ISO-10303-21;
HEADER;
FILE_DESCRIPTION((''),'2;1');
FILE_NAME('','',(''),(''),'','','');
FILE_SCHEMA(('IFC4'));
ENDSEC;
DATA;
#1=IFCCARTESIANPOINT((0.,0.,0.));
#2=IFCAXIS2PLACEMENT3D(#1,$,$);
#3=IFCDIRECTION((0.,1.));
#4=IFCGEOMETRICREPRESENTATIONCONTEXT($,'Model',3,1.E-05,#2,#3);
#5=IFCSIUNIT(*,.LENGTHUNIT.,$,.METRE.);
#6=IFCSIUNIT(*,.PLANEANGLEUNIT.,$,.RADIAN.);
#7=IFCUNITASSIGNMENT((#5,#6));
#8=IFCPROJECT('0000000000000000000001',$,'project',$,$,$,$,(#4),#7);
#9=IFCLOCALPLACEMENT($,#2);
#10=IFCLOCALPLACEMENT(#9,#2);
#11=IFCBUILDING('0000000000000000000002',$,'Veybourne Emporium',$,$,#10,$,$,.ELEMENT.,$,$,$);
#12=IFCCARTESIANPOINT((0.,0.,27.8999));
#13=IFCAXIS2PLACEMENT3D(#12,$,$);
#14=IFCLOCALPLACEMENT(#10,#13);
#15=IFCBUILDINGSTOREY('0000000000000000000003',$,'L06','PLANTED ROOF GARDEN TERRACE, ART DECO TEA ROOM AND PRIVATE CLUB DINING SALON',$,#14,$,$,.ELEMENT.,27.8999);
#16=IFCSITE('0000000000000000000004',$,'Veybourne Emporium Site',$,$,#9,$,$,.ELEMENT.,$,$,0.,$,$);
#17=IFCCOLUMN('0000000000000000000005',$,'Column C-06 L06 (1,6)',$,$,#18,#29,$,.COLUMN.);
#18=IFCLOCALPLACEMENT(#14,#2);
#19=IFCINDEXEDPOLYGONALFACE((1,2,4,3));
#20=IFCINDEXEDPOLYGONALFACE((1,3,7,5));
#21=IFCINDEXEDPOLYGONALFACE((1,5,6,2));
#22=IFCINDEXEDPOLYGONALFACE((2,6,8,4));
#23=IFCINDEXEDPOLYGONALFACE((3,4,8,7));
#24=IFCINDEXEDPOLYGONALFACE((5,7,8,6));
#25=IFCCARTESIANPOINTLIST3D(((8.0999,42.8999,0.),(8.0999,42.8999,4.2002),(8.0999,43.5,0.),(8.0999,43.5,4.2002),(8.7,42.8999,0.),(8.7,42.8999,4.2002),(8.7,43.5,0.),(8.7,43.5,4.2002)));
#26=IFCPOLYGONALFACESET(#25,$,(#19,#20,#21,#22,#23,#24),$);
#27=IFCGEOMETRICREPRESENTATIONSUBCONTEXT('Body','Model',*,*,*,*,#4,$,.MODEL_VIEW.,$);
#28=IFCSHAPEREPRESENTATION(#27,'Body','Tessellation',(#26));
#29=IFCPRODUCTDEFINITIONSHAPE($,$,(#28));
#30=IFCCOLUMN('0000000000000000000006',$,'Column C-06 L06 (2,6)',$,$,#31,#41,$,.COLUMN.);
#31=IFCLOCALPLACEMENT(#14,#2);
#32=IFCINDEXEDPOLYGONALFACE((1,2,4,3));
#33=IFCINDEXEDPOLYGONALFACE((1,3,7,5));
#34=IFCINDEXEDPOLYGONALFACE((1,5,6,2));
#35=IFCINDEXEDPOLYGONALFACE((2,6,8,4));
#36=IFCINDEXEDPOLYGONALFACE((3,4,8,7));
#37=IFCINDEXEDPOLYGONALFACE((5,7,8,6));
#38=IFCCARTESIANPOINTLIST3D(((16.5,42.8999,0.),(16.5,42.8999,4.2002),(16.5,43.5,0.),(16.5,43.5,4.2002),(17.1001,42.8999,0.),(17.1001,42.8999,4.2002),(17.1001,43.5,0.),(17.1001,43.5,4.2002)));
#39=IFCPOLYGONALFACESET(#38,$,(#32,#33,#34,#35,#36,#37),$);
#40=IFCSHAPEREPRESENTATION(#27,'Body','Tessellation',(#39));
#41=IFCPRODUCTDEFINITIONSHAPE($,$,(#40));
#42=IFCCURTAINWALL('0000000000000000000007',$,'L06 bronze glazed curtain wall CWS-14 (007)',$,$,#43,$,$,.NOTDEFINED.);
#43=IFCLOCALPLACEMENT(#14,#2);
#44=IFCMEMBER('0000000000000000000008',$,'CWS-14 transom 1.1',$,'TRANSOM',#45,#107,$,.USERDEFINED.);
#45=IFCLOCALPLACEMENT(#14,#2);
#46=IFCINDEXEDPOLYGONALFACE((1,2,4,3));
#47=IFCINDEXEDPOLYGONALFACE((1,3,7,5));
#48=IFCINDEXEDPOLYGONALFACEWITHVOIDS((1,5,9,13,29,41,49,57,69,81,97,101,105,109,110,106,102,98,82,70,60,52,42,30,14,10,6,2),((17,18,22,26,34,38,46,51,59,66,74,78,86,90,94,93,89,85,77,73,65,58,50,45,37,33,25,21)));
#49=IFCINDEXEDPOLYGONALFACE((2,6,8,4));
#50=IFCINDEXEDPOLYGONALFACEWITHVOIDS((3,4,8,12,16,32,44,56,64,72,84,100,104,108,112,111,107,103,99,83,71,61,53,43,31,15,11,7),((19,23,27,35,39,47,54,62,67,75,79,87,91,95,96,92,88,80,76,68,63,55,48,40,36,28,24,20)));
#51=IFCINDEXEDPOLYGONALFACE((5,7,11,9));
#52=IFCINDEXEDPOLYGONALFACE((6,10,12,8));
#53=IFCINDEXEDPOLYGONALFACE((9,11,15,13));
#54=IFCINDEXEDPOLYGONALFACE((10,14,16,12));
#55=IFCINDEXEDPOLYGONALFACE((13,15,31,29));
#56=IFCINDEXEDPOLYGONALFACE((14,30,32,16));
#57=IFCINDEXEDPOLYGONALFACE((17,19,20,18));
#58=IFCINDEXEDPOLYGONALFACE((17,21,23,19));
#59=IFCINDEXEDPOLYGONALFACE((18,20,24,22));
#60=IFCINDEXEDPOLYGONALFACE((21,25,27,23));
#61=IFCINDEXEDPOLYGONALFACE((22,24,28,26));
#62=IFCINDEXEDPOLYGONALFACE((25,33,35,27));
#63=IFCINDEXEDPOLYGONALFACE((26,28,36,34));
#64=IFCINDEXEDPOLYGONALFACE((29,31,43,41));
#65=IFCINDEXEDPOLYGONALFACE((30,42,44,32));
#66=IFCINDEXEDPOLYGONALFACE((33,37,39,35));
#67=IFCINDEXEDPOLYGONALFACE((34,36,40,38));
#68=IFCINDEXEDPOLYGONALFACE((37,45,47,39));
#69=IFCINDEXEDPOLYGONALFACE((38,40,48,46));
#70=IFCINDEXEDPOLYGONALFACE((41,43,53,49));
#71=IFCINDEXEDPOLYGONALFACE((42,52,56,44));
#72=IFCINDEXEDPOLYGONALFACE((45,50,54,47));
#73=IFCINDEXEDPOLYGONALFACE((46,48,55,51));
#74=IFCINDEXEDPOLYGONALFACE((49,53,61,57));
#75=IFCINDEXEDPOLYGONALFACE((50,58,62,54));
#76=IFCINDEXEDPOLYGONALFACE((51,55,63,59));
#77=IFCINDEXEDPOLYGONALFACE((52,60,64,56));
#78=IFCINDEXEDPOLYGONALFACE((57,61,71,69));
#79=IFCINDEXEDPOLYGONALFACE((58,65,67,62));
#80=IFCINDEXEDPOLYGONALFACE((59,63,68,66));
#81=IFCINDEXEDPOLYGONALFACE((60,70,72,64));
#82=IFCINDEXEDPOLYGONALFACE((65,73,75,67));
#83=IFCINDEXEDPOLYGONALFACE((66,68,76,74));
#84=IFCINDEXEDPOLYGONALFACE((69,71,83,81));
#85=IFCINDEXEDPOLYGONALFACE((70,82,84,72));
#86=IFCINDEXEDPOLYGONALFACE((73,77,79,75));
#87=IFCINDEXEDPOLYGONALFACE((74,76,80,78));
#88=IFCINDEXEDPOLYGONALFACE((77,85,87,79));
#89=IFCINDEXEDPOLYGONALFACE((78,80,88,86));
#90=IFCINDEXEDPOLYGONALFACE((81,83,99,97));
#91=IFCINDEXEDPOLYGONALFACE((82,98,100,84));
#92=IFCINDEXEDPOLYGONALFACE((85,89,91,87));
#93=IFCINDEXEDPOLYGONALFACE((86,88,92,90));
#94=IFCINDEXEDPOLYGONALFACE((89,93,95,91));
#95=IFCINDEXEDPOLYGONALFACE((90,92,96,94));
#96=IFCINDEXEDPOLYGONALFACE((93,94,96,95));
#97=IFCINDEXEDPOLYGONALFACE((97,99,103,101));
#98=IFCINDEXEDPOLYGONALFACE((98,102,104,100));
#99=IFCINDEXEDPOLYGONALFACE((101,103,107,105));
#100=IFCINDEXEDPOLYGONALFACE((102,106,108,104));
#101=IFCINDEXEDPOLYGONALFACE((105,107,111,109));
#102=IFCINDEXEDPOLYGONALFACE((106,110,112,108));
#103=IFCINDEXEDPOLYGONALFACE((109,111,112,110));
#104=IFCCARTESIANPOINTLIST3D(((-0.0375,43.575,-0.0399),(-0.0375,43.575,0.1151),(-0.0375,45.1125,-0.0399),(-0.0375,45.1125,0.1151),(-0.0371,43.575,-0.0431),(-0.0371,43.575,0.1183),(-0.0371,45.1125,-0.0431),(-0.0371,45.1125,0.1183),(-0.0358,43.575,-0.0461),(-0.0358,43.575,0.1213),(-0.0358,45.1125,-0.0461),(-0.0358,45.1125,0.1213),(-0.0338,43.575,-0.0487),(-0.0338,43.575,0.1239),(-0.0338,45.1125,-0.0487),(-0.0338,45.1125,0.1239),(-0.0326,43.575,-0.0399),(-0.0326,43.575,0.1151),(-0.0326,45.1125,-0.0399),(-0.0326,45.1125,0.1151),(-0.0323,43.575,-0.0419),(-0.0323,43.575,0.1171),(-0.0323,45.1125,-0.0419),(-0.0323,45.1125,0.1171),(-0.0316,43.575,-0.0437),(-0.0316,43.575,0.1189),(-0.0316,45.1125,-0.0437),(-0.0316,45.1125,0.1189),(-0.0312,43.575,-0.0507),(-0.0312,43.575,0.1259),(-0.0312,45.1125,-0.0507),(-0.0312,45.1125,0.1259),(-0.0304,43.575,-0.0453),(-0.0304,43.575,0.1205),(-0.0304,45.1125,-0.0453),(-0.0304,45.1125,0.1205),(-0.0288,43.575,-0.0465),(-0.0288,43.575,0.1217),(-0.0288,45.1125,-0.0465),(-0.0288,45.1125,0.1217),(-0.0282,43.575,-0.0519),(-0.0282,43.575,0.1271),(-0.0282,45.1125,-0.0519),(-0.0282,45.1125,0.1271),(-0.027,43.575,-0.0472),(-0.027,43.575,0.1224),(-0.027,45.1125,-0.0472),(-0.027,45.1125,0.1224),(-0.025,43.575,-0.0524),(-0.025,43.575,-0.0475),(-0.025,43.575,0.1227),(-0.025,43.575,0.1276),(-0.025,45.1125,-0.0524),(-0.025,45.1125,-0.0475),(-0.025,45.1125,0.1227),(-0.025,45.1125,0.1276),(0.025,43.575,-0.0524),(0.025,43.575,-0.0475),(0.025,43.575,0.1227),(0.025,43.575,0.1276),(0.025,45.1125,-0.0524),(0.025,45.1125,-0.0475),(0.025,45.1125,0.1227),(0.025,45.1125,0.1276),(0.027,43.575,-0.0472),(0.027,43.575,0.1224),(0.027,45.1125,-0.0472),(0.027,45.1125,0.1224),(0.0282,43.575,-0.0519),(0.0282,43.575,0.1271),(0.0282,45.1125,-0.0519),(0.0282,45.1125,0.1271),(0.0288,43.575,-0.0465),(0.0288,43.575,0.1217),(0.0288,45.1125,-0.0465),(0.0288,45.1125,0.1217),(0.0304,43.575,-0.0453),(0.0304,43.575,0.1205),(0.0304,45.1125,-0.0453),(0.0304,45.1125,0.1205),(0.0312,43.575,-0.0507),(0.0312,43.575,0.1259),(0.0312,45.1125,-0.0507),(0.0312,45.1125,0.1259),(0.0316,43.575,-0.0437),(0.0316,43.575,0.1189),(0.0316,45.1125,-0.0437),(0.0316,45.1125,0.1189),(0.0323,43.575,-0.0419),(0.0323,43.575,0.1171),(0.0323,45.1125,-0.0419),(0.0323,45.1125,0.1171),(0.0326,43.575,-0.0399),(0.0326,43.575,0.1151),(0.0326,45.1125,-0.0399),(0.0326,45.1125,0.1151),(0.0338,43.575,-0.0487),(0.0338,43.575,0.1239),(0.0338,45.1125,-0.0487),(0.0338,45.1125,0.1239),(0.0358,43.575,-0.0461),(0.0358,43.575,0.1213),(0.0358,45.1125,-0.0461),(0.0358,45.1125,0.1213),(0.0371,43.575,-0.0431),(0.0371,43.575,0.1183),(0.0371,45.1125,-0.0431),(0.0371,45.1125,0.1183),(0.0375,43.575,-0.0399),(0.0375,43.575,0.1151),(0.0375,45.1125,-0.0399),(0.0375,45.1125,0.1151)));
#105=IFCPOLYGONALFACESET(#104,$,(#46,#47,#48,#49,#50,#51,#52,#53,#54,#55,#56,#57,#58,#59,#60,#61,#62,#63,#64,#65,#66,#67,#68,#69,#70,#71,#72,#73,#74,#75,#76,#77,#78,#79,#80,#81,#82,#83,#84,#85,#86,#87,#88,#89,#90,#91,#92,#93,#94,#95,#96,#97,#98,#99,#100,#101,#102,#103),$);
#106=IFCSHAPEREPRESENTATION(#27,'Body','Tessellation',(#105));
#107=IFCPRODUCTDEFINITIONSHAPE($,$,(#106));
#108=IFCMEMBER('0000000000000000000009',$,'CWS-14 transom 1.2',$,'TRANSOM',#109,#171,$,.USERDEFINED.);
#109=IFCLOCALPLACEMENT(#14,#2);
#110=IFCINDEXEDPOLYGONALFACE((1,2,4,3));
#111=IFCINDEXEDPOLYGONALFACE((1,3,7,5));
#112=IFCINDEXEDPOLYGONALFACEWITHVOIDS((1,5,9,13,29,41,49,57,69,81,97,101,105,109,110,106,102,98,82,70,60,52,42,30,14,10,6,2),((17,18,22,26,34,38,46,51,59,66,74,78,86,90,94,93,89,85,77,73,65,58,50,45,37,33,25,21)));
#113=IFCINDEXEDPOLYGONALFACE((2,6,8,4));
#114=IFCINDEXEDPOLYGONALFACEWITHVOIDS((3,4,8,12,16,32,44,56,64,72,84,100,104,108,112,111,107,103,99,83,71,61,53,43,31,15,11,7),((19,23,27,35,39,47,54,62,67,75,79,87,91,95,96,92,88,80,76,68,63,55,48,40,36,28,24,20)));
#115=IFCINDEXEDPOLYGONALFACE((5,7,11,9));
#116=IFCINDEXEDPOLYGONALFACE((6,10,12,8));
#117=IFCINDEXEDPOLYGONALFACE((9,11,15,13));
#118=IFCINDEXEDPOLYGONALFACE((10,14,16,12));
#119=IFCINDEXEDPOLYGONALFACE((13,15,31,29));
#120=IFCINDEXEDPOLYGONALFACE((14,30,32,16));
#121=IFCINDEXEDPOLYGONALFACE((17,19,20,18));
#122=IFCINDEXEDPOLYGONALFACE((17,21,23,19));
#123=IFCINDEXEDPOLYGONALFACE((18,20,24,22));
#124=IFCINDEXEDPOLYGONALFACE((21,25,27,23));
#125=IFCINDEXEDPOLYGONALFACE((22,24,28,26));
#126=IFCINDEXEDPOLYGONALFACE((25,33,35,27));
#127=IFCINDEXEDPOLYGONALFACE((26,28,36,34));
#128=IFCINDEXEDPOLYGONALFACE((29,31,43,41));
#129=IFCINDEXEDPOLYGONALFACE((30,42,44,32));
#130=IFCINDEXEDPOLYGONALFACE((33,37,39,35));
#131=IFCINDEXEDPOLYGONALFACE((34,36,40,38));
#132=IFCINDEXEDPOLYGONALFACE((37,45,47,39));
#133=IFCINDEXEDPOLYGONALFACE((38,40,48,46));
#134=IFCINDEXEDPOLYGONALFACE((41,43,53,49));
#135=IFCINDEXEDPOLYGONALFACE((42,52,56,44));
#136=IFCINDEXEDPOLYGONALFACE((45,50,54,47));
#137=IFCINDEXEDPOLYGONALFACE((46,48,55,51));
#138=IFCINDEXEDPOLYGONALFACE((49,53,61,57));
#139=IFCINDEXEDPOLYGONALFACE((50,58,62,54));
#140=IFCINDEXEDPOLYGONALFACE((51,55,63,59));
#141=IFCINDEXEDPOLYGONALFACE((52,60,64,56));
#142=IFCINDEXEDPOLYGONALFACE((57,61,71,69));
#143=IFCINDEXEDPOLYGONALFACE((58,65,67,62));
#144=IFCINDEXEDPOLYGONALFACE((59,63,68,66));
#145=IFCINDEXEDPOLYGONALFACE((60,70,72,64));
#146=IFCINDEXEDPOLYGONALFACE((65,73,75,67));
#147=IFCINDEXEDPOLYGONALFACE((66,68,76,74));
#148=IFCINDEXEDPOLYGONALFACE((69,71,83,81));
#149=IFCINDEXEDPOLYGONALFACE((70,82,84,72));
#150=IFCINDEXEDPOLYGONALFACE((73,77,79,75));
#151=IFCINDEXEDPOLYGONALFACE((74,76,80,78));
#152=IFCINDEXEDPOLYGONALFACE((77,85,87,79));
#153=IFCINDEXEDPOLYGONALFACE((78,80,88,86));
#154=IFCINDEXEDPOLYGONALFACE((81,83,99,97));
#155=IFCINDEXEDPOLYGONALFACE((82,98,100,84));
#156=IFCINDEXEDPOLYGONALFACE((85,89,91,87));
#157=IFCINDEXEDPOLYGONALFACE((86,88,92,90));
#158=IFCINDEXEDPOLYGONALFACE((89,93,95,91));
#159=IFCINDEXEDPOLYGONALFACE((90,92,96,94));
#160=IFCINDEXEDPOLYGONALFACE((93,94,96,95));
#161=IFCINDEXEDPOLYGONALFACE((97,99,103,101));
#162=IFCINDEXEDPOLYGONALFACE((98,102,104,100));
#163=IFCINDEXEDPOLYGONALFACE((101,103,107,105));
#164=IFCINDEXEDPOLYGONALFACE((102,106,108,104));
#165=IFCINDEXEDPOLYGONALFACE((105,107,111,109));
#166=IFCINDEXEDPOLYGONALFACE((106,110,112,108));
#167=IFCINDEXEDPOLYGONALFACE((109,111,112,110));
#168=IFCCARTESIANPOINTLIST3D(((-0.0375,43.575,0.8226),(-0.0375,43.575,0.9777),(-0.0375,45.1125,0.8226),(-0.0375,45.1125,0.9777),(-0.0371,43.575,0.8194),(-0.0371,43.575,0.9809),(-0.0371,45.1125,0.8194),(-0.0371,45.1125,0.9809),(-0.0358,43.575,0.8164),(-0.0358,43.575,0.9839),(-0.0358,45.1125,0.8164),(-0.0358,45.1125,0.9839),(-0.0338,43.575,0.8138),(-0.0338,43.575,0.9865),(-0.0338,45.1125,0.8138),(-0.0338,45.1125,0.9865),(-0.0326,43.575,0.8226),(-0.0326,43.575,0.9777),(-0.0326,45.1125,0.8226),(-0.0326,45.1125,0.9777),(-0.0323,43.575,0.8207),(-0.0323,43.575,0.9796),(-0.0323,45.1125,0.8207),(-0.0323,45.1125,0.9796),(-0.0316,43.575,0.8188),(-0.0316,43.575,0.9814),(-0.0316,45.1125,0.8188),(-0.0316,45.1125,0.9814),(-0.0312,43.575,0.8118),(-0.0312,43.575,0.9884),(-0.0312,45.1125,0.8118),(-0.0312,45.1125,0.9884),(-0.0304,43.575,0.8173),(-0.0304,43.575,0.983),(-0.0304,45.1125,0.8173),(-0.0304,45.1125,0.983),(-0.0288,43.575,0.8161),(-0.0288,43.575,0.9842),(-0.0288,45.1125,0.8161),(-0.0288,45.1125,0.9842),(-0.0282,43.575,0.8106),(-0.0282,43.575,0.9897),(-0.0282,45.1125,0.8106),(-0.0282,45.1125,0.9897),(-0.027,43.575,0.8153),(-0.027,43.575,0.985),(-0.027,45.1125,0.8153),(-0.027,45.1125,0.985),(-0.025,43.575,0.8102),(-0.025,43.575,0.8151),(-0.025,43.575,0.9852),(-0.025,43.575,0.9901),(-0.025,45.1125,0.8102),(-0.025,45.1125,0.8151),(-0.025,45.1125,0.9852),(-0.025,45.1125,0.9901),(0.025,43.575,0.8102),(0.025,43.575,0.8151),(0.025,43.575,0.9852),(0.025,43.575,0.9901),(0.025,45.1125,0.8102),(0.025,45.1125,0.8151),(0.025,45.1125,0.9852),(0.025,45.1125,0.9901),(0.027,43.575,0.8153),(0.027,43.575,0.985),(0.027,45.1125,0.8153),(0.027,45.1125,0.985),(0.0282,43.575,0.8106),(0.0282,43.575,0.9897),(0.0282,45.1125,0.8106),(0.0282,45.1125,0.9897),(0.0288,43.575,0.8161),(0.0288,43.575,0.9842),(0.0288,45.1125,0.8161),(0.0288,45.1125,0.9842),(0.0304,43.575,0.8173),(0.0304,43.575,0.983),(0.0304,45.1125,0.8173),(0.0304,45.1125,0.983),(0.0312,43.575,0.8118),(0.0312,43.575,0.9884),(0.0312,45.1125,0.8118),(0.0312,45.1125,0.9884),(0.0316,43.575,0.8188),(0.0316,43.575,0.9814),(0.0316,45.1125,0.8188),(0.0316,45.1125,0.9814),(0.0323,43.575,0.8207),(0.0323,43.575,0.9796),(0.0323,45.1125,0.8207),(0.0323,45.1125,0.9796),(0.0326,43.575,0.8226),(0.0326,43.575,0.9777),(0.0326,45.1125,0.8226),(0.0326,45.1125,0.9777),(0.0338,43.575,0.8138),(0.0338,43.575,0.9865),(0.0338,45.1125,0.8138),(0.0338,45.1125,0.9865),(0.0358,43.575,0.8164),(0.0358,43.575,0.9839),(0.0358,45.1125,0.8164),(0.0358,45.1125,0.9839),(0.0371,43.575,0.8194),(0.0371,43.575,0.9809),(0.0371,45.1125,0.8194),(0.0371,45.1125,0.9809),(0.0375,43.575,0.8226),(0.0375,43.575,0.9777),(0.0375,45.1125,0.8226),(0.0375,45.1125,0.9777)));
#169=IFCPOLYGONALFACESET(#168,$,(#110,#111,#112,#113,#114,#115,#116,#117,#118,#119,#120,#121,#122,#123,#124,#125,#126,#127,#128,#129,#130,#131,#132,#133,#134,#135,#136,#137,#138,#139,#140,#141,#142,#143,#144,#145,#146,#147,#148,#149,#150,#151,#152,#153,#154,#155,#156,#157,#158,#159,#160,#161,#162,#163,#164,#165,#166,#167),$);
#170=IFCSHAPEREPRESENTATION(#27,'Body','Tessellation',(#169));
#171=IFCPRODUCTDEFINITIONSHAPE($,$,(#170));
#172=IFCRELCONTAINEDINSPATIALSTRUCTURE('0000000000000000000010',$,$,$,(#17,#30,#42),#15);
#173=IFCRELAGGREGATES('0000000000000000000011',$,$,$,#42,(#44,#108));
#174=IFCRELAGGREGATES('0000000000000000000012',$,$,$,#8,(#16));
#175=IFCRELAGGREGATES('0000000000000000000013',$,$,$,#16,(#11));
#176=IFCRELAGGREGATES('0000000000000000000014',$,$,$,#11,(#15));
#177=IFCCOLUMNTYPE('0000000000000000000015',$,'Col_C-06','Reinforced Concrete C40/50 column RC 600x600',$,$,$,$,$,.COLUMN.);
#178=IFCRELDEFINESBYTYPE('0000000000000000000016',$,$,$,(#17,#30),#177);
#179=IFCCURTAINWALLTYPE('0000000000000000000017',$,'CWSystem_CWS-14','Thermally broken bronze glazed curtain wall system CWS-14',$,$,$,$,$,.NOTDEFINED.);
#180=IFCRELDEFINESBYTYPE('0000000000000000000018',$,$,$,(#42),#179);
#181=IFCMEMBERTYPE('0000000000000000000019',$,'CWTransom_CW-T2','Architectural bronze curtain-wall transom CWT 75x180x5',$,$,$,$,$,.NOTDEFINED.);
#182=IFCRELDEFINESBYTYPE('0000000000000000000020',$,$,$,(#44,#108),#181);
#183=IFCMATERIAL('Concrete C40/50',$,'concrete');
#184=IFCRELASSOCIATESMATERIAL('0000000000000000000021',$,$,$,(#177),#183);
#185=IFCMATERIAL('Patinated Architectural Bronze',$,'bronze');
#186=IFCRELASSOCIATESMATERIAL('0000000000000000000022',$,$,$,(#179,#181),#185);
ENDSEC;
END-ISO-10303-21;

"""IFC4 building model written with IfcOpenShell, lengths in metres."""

from ifc_helpers import new_model, si_unit, direction, frame, origin, origin_2d, place, context, subcontext, project, spatial, rectangle, hollow_rectangle, extrude, material, material_profile, profile_set, type_object, element, aggregate, save


model = new_model("IFC4")

# Units and contexts
model_context = context("Model", 3, precision=1e-05, world=origin(), true_north=direction((0.0, 1.0)))
body_context = subcontext(model_context, "Body", "Model", "MODEL_VIEW")
ifc_project = project(units=[si_unit("LENGTHUNIT", "METRE"), si_unit("PLANEANGLEUNIT", "RADIAN")], contexts=[model_context])

# Site, building, storey
site_placement = place(None, origin())
site = spatial("IfcSite", under=ifc_project, at=site_placement, Name="Veybourne Emporium Site", CompositionType="ELEMENT", RefElevation=0.0)
building_placement = place(site_placement, origin())
building = spatial("IfcBuilding", under=site, at=building_placement, Name="Veybourne Emporium", CompositionType="ELEMENT")
storey_placement = place(building_placement, frame((0.0, 0.0, 27.8999)))
storey = spatial("IfcBuildingStorey", under=building, at=storey_placement, Name="L06", Description="PLANTED ROOF GARDEN TERRACE, ART DECO TEA ROOM AND PRIVATE CLUB DINING SALON", CompositionType="ELEMENT", Elevation=27.8999)

# Columns
ifc_material_1 = material(Name="Concrete C40/50", Category="concrete")
ifc_material_profile_1 = material_profile(ifc_material_1, rectangle(XDim=0.6001, YDim=0.6001, at=origin_2d()), Name="RC 600x600")
ifc_profile_set_1 = profile_set([ifc_material_profile_1], Name="Concrete C40/50")
column_type = type_object("IfcColumnType", Name="Col_C-06", Description="Reinforced Concrete C40/50 column RC 600x600", PredefinedType="COLUMN", material=ifc_profile_set_1)
for number, where, z_axis, x_axis, name in (
    (1, (8.3999, 43.2, 0.0), (0.0, 0.0, 1.0), (1.0, 0.0, 0.0), "Column C-06 L06 (1,6)"),
    (2, (16.8, 43.2, 0.0), (0.0, 0.0, 1.0), (1.0, 0.0, 0.0), "Column C-06 L06 (2,6)"),
):
    element("IfcColumn", number, at=place(storey_placement, frame(where, z_axis=z_axis, x_axis=x_axis)), inside=storey, type_object=column_type, Name=name, PredefinedType="COLUMN", context=body_context, shape_type="SweptSolid", body=[
        extrude(rectangle(XDim=0.6001, YDim=0.6001, at=origin_2d()), origin(), (0.0, 0.0, 1.0), 4.2002),
    ])

# Curtain wall, members
ifc_material_2 = material(Name="Patinated Architectural Bronze", Category="bronze")
curtain_wall_type = type_object("IfcCurtainWallType", Name="CWSystem_CWS-14", Description="Thermally broken bronze glazed curtain wall system CWS-14", PredefinedType="NOTDEFINED", material=ifc_material_2)
curtain_wall_placement = place(storey_placement, origin())
curtain_wall = element("IfcCurtainWall", 3, at=curtain_wall_placement, inside=storey, type_object=curtain_wall_type, Name="L06 bronze glazed curtain wall CWS-14 (007)", PredefinedType="NOTDEFINED")
ifc_material_profile_2 = material_profile(ifc_material_2, hollow_rectangle(XDim=0.075, YDim=0.1799, WallThickness=0.0049, InnerFilletRadius=0.0076, OuterFilletRadius=0.0125, at=origin_2d()), Name="CWT 75x180x5")
ifc_profile_set_2 = profile_set([ifc_material_profile_2], Name="Patinated Architectural Bronze")
member_type = type_object("IfcMemberType", Name="CWTransom_CW-T2", Description="Architectural bronze curtain-wall transom CWT 75x180x5", PredefinedType="NOTDEFINED", material=ifc_profile_set_2)
member_1_placement = place(storey_placement, frame((0.0, 43.575, 0.0376), z_axis=(0.0, 1.0, 0.0), x_axis=(-1.0, 0.0, 0.0)))
member_1 = element("IfcMember", 4, at=member_1_placement, type_object=member_type, Name="CWS-14 transom 1.1", ObjectType="TRANSOM", PredefinedType="USERDEFINED", context=body_context, shape_type="SweptSolid", body=[
    extrude(hollow_rectangle(XDim=0.075, YDim=0.1799, WallThickness=0.0049, InnerFilletRadius=0.0076, OuterFilletRadius=0.0125, at=origin_2d()), origin(), (0.0, 0.0, 1.0), 1.5376),
])
member_2_placement = place(storey_placement, frame((0.0, 43.575, 0.9001), z_axis=(0.0, 1.0, 0.0), x_axis=(-1.0, 0.0, 0.0)))
member_2 = element("IfcMember", 5, at=member_2_placement, type_object=member_type, Name="CWS-14 transom 1.2", ObjectType="TRANSOM", PredefinedType="USERDEFINED", context=body_context, shape_type="SweptSolid", body=[
    extrude(hollow_rectangle(XDim=0.075, YDim=0.1799, WallThickness=0.0049, InnerFilletRadius=0.0076, OuterFilletRadius=0.0125, at=origin_2d()), origin(), (0.0, 0.0, 1.0), 1.5376),
])

aggregate(curtain_wall, [member_1, member_2])

save(model, "model.ifc")
